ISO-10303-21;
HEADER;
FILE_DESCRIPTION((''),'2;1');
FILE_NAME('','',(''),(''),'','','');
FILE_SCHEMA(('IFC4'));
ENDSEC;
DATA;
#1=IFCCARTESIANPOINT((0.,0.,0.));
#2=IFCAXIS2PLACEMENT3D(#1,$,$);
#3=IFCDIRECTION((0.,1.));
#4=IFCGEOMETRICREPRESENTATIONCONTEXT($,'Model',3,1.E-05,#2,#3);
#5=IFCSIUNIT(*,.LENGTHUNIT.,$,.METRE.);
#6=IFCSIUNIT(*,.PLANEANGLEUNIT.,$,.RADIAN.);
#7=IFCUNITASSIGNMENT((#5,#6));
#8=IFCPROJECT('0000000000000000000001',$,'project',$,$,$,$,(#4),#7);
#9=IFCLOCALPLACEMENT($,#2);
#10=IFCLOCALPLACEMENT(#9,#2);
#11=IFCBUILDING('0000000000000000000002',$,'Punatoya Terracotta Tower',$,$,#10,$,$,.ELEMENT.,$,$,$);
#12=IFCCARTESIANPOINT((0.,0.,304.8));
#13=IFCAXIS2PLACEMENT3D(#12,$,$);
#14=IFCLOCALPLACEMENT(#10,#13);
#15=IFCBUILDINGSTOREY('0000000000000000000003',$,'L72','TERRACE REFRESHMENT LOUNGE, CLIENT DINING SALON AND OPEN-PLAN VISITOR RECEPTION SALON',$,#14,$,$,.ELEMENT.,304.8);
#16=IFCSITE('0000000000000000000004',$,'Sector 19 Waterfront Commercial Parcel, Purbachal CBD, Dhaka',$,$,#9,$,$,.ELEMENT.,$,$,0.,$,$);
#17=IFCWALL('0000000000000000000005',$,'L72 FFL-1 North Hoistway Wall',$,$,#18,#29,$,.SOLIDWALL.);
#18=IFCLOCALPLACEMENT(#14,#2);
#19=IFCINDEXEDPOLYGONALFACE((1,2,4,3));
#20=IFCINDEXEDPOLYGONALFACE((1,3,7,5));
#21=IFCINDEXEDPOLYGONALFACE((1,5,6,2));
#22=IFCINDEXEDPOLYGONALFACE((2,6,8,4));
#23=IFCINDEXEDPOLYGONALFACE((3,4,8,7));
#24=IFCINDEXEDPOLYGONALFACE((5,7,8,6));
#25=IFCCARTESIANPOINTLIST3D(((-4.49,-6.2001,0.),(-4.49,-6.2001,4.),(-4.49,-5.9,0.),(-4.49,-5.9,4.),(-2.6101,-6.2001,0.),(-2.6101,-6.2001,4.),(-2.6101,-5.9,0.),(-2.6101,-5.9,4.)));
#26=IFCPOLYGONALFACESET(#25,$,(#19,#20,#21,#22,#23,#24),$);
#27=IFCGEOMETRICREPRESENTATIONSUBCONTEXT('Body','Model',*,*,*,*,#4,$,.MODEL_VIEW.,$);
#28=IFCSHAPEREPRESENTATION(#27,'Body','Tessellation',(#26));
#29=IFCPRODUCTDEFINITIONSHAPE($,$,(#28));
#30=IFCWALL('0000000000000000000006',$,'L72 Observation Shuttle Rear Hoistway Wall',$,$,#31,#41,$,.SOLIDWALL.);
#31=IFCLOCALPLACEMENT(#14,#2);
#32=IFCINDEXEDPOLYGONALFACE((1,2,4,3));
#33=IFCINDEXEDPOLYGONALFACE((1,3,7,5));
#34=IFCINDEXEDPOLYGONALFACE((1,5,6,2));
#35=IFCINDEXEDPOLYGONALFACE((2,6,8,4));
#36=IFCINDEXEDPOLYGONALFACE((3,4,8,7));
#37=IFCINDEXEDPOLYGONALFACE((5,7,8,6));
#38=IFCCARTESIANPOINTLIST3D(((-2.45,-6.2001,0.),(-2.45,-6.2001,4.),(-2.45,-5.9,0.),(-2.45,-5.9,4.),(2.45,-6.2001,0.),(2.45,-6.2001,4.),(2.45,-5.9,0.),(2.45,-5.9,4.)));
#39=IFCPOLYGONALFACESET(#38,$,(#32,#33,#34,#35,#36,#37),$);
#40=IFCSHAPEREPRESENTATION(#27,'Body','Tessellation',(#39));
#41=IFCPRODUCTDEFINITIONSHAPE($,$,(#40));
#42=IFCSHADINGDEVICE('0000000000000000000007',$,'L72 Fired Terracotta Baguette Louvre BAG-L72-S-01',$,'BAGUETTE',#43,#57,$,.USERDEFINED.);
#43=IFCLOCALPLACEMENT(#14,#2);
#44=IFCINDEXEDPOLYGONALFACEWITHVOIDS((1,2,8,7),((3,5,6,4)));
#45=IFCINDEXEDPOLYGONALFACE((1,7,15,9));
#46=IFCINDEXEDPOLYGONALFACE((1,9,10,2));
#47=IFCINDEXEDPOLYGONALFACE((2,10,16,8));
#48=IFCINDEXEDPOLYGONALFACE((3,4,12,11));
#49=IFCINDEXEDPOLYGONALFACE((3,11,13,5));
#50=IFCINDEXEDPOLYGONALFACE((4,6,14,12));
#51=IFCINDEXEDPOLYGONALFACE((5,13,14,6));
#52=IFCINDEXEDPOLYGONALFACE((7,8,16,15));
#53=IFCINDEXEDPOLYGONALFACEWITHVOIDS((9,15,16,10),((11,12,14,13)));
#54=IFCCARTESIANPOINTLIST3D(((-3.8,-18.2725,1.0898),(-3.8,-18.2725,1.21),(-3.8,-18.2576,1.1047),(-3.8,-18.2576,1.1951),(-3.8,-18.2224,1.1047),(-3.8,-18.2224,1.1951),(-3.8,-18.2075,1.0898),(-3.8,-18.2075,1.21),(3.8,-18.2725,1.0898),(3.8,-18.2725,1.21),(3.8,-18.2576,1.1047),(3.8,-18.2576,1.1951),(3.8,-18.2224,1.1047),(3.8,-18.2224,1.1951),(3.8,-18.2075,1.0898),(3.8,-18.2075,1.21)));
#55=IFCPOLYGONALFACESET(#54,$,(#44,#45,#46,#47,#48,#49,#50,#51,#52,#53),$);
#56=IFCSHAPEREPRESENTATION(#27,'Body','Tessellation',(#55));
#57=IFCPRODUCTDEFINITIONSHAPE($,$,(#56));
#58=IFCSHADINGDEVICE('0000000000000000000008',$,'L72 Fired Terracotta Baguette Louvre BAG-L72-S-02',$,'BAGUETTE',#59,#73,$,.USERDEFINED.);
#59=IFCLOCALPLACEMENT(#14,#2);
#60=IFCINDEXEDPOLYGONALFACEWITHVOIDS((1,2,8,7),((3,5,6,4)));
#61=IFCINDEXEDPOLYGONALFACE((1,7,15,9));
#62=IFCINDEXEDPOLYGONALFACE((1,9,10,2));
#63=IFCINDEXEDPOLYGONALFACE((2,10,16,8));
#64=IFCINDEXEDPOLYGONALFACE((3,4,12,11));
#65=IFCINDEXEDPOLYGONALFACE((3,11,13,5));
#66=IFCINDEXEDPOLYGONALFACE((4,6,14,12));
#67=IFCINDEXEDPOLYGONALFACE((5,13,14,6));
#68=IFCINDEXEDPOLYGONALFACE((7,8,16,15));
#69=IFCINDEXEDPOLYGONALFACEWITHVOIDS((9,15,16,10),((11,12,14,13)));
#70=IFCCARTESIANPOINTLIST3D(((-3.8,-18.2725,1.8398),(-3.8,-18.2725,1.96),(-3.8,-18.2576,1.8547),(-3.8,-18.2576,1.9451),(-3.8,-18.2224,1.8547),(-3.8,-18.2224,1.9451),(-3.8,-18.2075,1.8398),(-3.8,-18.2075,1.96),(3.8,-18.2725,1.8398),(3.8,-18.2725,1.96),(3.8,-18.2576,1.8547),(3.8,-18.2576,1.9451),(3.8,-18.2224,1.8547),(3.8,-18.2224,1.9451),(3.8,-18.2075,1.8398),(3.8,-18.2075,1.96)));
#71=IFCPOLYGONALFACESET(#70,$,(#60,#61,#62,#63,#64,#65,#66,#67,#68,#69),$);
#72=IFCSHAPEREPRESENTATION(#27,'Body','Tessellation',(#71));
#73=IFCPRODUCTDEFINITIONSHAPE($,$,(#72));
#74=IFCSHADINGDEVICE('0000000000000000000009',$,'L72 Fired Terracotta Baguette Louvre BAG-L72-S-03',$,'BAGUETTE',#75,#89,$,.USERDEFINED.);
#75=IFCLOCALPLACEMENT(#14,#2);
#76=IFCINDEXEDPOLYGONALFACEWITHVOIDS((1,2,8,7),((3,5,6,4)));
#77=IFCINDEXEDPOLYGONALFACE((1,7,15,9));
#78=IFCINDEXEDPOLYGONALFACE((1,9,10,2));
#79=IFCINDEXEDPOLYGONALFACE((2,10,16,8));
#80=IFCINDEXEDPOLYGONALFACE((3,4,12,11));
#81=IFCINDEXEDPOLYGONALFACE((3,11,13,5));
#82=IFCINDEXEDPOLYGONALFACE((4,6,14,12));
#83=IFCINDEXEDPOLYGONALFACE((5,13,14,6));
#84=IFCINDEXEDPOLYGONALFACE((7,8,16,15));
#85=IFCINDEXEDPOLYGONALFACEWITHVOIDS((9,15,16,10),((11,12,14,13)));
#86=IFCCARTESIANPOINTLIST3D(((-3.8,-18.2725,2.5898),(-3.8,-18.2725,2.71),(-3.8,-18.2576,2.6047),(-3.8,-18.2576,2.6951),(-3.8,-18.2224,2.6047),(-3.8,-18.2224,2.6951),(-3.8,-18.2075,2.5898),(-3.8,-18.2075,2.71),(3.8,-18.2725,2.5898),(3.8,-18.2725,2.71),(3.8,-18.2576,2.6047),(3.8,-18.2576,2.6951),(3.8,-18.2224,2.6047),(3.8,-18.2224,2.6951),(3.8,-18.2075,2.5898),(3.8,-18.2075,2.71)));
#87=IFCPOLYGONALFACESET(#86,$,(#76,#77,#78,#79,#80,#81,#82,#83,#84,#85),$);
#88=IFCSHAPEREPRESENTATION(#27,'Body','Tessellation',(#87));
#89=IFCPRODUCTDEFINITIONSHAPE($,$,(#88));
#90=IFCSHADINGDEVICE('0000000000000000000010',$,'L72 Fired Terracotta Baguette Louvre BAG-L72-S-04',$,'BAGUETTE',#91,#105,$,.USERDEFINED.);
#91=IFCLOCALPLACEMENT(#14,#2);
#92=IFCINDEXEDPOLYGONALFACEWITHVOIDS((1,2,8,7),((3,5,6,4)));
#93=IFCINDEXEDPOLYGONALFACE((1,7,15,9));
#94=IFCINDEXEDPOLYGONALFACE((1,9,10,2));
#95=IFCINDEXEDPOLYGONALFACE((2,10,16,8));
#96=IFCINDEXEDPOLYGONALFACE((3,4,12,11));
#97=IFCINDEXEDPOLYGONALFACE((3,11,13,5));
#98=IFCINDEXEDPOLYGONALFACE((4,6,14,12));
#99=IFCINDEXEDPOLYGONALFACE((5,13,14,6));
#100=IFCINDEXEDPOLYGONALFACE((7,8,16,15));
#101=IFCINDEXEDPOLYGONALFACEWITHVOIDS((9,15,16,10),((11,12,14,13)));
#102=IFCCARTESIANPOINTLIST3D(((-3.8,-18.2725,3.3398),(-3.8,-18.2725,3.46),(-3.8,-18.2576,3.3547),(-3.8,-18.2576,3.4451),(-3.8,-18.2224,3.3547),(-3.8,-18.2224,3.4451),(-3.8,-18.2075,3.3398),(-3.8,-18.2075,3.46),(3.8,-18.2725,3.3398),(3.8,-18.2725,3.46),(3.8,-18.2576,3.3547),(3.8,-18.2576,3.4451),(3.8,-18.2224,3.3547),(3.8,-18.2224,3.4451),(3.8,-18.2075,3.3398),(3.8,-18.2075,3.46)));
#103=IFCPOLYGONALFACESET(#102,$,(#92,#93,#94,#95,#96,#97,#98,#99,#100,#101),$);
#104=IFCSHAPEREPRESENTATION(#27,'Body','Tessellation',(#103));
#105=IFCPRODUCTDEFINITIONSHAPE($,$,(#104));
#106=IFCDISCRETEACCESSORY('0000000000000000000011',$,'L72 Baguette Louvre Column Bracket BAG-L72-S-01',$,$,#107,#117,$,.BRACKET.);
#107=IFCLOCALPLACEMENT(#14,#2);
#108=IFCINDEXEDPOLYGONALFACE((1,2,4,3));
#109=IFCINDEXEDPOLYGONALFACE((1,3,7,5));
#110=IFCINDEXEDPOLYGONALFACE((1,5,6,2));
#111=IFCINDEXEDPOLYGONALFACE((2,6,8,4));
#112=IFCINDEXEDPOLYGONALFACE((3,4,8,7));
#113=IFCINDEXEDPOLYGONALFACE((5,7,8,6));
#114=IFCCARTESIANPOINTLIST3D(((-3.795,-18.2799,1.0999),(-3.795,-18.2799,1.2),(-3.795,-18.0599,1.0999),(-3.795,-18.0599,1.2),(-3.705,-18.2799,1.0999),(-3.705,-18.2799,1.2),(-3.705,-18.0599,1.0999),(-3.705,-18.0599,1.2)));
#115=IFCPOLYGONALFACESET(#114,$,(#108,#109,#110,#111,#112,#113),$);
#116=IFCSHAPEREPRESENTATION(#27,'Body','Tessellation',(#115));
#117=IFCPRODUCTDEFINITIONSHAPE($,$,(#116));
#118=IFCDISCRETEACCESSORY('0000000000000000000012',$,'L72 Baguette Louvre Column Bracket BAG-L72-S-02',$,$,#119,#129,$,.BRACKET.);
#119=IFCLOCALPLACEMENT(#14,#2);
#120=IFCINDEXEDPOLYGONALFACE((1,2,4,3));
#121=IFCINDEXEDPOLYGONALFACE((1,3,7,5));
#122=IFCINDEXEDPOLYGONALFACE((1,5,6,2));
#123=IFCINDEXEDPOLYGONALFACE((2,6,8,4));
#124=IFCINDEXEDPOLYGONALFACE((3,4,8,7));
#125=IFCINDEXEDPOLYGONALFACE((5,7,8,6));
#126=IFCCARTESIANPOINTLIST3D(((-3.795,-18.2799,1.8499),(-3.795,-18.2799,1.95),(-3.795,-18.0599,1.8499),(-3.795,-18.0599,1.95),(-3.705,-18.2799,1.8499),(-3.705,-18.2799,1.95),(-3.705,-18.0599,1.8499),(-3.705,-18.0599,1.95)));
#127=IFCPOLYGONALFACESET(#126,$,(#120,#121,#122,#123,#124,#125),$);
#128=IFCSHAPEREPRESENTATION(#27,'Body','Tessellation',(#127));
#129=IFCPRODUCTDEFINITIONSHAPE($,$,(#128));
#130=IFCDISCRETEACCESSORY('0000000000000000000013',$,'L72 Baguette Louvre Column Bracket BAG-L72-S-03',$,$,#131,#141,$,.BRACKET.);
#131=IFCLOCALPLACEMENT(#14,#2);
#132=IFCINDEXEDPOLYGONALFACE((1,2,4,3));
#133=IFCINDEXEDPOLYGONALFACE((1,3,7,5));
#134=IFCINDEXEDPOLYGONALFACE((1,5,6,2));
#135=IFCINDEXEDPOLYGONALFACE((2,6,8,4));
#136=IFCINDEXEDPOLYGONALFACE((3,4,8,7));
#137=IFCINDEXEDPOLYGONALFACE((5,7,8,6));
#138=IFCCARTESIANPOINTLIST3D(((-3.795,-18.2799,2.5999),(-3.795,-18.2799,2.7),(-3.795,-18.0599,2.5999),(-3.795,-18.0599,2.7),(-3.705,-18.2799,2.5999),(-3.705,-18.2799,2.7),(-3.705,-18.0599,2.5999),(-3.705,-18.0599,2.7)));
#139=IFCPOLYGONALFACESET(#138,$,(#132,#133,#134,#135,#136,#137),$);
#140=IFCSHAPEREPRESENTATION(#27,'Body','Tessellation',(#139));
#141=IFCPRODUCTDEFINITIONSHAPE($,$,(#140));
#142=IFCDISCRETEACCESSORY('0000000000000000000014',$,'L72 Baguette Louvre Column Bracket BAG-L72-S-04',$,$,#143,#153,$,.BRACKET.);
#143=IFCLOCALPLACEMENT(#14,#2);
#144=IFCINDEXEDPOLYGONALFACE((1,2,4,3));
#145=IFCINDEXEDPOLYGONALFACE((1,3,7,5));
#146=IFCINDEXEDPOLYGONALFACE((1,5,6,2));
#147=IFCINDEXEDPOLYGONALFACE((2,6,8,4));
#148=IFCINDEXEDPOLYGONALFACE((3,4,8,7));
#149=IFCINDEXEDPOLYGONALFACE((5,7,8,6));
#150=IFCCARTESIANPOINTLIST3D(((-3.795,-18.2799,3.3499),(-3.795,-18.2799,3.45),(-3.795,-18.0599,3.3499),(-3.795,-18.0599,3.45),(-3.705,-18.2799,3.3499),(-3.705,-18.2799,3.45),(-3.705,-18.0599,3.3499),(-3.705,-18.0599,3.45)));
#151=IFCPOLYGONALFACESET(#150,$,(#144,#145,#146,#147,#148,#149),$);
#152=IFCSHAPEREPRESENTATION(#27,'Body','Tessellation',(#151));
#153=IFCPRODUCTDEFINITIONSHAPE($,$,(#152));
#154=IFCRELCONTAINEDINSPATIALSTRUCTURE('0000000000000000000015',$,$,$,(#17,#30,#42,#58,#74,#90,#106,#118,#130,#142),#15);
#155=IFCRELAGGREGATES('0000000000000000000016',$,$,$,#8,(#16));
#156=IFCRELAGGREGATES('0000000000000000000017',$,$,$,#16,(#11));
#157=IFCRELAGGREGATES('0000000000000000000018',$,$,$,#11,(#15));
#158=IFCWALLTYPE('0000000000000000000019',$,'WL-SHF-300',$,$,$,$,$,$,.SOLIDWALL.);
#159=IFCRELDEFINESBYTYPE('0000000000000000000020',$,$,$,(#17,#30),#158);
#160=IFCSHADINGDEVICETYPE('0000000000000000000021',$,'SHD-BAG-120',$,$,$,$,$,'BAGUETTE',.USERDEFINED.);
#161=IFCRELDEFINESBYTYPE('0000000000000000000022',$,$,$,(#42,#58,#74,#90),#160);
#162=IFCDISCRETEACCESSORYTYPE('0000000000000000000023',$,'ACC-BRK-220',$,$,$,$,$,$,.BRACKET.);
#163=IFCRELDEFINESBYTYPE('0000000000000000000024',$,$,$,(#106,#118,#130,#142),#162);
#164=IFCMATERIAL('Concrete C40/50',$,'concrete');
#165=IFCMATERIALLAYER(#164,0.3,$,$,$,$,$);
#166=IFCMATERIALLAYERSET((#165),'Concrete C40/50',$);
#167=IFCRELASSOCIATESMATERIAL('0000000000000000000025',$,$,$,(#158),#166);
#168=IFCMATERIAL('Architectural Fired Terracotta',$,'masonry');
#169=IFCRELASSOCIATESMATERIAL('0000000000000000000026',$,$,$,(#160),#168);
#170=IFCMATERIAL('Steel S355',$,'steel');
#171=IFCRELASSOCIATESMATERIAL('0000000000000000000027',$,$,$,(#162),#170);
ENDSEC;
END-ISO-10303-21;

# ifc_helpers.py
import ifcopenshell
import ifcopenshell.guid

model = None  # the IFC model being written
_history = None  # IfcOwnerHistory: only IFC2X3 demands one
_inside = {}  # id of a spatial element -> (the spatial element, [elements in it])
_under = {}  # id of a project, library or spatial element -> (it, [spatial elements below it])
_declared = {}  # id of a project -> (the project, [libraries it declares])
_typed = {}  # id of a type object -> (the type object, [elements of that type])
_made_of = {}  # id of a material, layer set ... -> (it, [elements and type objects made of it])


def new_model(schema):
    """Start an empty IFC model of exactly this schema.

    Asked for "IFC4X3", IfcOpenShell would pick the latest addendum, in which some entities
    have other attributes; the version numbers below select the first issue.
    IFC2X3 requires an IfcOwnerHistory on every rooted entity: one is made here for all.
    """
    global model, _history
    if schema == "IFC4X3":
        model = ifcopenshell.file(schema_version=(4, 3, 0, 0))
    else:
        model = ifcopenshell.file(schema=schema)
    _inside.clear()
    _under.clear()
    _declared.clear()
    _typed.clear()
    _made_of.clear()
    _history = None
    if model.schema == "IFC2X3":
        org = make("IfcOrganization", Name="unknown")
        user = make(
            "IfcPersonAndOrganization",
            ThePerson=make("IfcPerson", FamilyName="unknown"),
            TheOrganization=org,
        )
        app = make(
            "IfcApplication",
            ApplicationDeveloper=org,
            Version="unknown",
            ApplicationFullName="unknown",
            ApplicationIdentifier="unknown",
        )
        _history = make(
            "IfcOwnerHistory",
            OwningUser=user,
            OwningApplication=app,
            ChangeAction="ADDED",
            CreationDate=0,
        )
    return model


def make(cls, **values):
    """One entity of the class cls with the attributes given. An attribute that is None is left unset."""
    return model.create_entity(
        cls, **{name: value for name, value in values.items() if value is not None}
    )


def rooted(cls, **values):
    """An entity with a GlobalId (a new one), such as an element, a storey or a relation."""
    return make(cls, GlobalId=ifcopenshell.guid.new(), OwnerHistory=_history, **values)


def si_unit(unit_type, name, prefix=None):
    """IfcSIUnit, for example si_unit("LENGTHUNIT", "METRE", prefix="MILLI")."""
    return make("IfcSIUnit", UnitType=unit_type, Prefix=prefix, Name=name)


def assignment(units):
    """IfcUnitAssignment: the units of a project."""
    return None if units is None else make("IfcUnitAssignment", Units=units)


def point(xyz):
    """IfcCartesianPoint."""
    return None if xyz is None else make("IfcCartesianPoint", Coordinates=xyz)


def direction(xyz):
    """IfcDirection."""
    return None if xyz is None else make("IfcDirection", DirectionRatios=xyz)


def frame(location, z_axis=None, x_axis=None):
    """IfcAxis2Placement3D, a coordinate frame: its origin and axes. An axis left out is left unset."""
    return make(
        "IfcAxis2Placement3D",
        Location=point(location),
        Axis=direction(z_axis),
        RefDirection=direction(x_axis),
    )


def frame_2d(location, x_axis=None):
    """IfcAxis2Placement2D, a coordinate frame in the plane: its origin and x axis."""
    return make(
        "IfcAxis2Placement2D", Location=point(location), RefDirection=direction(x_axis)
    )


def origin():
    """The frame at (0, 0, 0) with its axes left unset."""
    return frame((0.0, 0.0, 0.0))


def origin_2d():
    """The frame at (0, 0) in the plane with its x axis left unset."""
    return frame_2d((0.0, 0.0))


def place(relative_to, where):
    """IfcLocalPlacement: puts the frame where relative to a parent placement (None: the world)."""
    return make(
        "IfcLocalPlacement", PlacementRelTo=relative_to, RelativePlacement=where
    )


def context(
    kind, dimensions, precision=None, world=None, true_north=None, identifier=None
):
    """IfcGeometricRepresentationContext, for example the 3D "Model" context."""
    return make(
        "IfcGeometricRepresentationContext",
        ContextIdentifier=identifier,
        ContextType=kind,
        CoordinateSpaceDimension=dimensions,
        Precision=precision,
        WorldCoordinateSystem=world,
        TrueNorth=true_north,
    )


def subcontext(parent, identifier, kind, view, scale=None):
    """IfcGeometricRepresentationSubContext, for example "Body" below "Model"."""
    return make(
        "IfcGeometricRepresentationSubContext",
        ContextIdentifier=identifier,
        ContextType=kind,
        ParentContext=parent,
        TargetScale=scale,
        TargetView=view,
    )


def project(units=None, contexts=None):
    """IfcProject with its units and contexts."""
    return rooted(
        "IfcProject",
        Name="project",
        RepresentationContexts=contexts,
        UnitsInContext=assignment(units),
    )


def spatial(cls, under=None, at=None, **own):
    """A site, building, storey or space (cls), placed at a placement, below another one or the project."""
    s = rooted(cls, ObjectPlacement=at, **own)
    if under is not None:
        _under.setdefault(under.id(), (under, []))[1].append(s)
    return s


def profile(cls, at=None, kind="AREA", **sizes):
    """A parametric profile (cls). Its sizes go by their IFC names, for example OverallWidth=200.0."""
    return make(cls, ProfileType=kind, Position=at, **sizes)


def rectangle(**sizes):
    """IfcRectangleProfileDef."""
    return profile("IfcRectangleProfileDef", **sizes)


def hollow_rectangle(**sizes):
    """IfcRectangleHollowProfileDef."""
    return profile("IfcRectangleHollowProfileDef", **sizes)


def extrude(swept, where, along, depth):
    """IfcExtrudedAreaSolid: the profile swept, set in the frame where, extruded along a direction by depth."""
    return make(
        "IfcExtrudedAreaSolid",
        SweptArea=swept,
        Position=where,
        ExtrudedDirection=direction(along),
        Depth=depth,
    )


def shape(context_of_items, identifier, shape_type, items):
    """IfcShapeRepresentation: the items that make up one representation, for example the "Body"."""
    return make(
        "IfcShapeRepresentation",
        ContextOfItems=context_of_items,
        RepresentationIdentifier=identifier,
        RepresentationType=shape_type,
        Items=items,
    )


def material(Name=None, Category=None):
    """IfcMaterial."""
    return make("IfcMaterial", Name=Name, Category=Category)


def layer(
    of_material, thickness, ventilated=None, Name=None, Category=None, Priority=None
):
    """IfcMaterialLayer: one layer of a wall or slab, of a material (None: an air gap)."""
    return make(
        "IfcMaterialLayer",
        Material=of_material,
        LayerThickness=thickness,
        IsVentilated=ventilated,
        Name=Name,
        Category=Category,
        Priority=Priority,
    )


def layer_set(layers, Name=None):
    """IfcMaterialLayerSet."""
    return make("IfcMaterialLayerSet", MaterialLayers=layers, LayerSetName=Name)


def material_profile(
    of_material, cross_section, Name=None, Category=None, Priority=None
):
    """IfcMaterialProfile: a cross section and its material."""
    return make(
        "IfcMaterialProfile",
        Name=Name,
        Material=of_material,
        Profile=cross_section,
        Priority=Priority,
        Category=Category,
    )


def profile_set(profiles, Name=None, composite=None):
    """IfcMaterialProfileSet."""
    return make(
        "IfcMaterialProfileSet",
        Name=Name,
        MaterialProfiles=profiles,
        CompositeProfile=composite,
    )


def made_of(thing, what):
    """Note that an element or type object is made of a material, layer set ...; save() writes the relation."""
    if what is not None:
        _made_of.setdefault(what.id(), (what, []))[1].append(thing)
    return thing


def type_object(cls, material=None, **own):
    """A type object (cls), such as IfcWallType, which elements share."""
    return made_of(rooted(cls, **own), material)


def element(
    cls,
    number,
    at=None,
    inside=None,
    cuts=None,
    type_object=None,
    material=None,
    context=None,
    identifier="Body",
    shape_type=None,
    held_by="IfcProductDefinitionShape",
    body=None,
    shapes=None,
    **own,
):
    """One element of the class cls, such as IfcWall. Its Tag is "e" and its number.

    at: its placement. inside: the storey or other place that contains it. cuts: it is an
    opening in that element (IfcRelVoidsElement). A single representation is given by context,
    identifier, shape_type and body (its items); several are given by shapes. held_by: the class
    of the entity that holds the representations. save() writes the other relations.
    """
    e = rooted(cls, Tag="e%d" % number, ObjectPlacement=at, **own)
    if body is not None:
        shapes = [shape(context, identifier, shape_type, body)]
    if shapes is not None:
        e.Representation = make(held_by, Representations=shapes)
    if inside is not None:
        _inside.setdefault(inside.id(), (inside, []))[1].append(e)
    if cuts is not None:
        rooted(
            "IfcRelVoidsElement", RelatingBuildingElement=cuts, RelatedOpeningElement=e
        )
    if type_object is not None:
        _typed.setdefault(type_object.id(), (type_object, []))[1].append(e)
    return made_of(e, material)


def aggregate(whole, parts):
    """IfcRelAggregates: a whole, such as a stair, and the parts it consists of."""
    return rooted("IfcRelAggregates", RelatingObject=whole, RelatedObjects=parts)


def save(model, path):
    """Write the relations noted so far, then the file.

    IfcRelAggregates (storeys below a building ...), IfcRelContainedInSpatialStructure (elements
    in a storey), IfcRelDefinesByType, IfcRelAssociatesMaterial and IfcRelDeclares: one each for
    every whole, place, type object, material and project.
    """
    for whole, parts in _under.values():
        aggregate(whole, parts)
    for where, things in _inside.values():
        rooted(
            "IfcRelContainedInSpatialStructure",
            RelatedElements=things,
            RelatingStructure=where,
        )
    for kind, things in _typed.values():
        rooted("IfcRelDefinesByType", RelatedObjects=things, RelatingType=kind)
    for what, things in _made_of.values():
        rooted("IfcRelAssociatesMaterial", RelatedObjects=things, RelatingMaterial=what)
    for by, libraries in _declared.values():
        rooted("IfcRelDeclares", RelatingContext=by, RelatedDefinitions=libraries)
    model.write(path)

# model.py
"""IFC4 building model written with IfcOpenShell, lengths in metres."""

from ifc_helpers import new_model, si_unit, direction, frame, frame_2d, origin, origin_2d, place, context, subcontext, project, spatial, rectangle, hollow_rectangle, extrude, material, layer, layer_set, material_profile, profile_set, type_object, element, save


model = new_model("IFC4")

# Units and contexts
model_context = context("Model", 3, precision=1e-05, world=origin(), true_north=direction((0.0, 1.0)))
body_context = subcontext(model_context, "Body", "Model", "MODEL_VIEW")
ifc_project = project(units=[si_unit("LENGTHUNIT", "METRE"), si_unit("PLANEANGLEUNIT", "RADIAN")], contexts=[model_context])

# Site, building, storey
site_placement = place(None, origin())
site = spatial("IfcSite", under=ifc_project, at=site_placement, Name="Sector 19 Waterfront Commercial Parcel, Purbachal CBD, Dhaka", CompositionType="ELEMENT", RefElevation=0.0)
building_placement = place(site_placement, origin())
building = spatial("IfcBuilding", under=site, at=building_placement, Name="Punatoya Terracotta Tower", CompositionType="ELEMENT")
storey_placement = place(building_placement, frame((0.0, 0.0, 304.8)))
storey = spatial("IfcBuildingStorey", under=building, at=storey_placement, Name="L72", Description="TERRACE REFRESHMENT LOUNGE, CLIENT DINING SALON AND OPEN-PLAN VISITOR RECEPTION SALON", CompositionType="ELEMENT", Elevation=304.8)

# Shared definitions
ifc_material_1 = material(Name="Steel S355", Category="steel")

# Shared definitions
ifc_material_2 = material(Name="Concrete C40/50", Category="concrete")

# Shared definitions
ifc_layer_1 = layer(ifc_material_2, 0.3)
ifc_layer_set_1 = layer_set([ifc_layer_1], Name="Concrete C40/50")
wall_type_1 = type_object("IfcWallType", Name="WL-SHF-300", PredefinedType="SOLIDWALL", material=ifc_layer_set_1)

# Walls
wall_1_placement = place(storey_placement, frame((-4.49, -6.05, 0.0), z_axis=(0.0, 0.0, 1.0), x_axis=(1.0, 0.0, 0.0)))
element("IfcWall", 1, at=wall_1_placement, inside=storey, type_object=wall_type_1, Name="L72 FFL-1 North Hoistway Wall", PredefinedType="SOLIDWALL", context=body_context, shape_type="SweptSolid", body=[
    extrude(rectangle(XDim=1.8799, YDim=0.3, at=frame_2d((0.9399, 0.0))), origin(), (0.0, 0.0, 1.0), 4.0),
])
wall_2_placement = place(storey_placement, frame((-2.45, -6.05, 0.0), z_axis=(0.0, 0.0, 1.0), x_axis=(1.0, 0.0, 0.0)))
element("IfcWall", 2, at=wall_2_placement, inside=storey, type_object=wall_type_1, Name="L72 Observation Shuttle Rear Hoistway Wall", PredefinedType="SOLIDWALL", context=body_context, shape_type="SweptSolid", body=[
    extrude(rectangle(XDim=4.8999, YDim=0.3, at=frame_2d((2.45, 0.0))), origin(), (0.0, 0.0, 1.0), 4.0),
])

# Shading devices
ifc_material_3 = material(Name="Architectural Fired Terracotta", Category="masonry")
ifc_material_profile_1 = material_profile(ifc_material_3, hollow_rectangle(XDim=0.0649, YDim=0.1201, WallThickness=0.0149, at=origin_2d()))
ifc_profile_set_1 = profile_set([ifc_material_profile_1], Name="Architectural Fired Terracotta")
shading_device_type = type_object("IfcShadingDeviceType", Name="SHD-BAG-120", ElementType="BAGUETTE", PredefinedType="USERDEFINED", material=ifc_profile_set_1)
for number, where, z_axis, x_axis, name in (
    (3, (-3.8, -18.24, 1.1499), (1.0, 0.0, 0.0), (0.0, 1.0, 0.0), "L72 Fired Terracotta Baguette Louvre BAG-L72-S-01"),
    (4, (-3.8, -18.24, 1.8999), (1.0, 0.0, 0.0), (0.0, 1.0, 0.0), "L72 Fired Terracotta Baguette Louvre BAG-L72-S-02"),
    (5, (-3.8, -18.24, 2.6499), (1.0, 0.0, 0.0), (0.0, 1.0, 0.0), "L72 Fired Terracotta Baguette Louvre BAG-L72-S-03"),
    (6, (-3.8, -18.24, 3.3999), (1.0, 0.0, 0.0), (0.0, 1.0, 0.0), "L72 Fired Terracotta Baguette Louvre BAG-L72-S-04"),
):
    element("IfcShadingDevice", number, at=place(storey_placement, frame(where, z_axis=z_axis, x_axis=x_axis)), inside=storey, type_object=shading_device_type, Name=name, ObjectType="BAGUETTE", PredefinedType="USERDEFINED", context=body_context, shape_type="SweptSolid", body=[
        extrude(hollow_rectangle(XDim=0.0649, YDim=0.1201, WallThickness=0.0149, at=origin_2d()), origin(), (0.0, 0.0, 1.0), 7.6001),
    ])

# Discrete accessories
discrete_accessory_type = type_object("IfcDiscreteAccessoryType", Name="ACC-BRK-220", PredefinedType="BRACKET", material=ifc_material_1)
for number, where, z_axis, x_axis, name in (
    (7, (-3.75, -18.1699, 1.0999), (0.0, 0.0, 1.0), (1.0, 0.0, 0.0), "L72 Baguette Louvre Column Bracket BAG-L72-S-01"),
    (8, (-3.75, -18.1699, 1.8499), (0.0, 0.0, 1.0), (1.0, 0.0, 0.0), "L72 Baguette Louvre Column Bracket BAG-L72-S-02"),
    (9, (-3.75, -18.1699, 2.5999), (0.0, 0.0, 1.0), (1.0, 0.0, 0.0), "L72 Baguette Louvre Column Bracket BAG-L72-S-03"),
    (10, (-3.75, -18.1699, 3.3499), (0.0, 0.0, 1.0), (1.0, 0.0, 0.0), "L72 Baguette Louvre Column Bracket BAG-L72-S-04"),
):
    element("IfcDiscreteAccessory", number, at=place(storey_placement, frame(where, z_axis=z_axis, x_axis=x_axis)), inside=storey, type_object=discrete_accessory_type, Name=name, PredefinedType="BRACKET", context=body_context, shape_type="SweptSolid", body=[
        extrude(rectangle(XDim=0.0901, YDim=0.22, at=origin_2d()), origin(), (0.0, 0.0, 1.0), 0.1001),
    ])

save(model, "model.ifc")
